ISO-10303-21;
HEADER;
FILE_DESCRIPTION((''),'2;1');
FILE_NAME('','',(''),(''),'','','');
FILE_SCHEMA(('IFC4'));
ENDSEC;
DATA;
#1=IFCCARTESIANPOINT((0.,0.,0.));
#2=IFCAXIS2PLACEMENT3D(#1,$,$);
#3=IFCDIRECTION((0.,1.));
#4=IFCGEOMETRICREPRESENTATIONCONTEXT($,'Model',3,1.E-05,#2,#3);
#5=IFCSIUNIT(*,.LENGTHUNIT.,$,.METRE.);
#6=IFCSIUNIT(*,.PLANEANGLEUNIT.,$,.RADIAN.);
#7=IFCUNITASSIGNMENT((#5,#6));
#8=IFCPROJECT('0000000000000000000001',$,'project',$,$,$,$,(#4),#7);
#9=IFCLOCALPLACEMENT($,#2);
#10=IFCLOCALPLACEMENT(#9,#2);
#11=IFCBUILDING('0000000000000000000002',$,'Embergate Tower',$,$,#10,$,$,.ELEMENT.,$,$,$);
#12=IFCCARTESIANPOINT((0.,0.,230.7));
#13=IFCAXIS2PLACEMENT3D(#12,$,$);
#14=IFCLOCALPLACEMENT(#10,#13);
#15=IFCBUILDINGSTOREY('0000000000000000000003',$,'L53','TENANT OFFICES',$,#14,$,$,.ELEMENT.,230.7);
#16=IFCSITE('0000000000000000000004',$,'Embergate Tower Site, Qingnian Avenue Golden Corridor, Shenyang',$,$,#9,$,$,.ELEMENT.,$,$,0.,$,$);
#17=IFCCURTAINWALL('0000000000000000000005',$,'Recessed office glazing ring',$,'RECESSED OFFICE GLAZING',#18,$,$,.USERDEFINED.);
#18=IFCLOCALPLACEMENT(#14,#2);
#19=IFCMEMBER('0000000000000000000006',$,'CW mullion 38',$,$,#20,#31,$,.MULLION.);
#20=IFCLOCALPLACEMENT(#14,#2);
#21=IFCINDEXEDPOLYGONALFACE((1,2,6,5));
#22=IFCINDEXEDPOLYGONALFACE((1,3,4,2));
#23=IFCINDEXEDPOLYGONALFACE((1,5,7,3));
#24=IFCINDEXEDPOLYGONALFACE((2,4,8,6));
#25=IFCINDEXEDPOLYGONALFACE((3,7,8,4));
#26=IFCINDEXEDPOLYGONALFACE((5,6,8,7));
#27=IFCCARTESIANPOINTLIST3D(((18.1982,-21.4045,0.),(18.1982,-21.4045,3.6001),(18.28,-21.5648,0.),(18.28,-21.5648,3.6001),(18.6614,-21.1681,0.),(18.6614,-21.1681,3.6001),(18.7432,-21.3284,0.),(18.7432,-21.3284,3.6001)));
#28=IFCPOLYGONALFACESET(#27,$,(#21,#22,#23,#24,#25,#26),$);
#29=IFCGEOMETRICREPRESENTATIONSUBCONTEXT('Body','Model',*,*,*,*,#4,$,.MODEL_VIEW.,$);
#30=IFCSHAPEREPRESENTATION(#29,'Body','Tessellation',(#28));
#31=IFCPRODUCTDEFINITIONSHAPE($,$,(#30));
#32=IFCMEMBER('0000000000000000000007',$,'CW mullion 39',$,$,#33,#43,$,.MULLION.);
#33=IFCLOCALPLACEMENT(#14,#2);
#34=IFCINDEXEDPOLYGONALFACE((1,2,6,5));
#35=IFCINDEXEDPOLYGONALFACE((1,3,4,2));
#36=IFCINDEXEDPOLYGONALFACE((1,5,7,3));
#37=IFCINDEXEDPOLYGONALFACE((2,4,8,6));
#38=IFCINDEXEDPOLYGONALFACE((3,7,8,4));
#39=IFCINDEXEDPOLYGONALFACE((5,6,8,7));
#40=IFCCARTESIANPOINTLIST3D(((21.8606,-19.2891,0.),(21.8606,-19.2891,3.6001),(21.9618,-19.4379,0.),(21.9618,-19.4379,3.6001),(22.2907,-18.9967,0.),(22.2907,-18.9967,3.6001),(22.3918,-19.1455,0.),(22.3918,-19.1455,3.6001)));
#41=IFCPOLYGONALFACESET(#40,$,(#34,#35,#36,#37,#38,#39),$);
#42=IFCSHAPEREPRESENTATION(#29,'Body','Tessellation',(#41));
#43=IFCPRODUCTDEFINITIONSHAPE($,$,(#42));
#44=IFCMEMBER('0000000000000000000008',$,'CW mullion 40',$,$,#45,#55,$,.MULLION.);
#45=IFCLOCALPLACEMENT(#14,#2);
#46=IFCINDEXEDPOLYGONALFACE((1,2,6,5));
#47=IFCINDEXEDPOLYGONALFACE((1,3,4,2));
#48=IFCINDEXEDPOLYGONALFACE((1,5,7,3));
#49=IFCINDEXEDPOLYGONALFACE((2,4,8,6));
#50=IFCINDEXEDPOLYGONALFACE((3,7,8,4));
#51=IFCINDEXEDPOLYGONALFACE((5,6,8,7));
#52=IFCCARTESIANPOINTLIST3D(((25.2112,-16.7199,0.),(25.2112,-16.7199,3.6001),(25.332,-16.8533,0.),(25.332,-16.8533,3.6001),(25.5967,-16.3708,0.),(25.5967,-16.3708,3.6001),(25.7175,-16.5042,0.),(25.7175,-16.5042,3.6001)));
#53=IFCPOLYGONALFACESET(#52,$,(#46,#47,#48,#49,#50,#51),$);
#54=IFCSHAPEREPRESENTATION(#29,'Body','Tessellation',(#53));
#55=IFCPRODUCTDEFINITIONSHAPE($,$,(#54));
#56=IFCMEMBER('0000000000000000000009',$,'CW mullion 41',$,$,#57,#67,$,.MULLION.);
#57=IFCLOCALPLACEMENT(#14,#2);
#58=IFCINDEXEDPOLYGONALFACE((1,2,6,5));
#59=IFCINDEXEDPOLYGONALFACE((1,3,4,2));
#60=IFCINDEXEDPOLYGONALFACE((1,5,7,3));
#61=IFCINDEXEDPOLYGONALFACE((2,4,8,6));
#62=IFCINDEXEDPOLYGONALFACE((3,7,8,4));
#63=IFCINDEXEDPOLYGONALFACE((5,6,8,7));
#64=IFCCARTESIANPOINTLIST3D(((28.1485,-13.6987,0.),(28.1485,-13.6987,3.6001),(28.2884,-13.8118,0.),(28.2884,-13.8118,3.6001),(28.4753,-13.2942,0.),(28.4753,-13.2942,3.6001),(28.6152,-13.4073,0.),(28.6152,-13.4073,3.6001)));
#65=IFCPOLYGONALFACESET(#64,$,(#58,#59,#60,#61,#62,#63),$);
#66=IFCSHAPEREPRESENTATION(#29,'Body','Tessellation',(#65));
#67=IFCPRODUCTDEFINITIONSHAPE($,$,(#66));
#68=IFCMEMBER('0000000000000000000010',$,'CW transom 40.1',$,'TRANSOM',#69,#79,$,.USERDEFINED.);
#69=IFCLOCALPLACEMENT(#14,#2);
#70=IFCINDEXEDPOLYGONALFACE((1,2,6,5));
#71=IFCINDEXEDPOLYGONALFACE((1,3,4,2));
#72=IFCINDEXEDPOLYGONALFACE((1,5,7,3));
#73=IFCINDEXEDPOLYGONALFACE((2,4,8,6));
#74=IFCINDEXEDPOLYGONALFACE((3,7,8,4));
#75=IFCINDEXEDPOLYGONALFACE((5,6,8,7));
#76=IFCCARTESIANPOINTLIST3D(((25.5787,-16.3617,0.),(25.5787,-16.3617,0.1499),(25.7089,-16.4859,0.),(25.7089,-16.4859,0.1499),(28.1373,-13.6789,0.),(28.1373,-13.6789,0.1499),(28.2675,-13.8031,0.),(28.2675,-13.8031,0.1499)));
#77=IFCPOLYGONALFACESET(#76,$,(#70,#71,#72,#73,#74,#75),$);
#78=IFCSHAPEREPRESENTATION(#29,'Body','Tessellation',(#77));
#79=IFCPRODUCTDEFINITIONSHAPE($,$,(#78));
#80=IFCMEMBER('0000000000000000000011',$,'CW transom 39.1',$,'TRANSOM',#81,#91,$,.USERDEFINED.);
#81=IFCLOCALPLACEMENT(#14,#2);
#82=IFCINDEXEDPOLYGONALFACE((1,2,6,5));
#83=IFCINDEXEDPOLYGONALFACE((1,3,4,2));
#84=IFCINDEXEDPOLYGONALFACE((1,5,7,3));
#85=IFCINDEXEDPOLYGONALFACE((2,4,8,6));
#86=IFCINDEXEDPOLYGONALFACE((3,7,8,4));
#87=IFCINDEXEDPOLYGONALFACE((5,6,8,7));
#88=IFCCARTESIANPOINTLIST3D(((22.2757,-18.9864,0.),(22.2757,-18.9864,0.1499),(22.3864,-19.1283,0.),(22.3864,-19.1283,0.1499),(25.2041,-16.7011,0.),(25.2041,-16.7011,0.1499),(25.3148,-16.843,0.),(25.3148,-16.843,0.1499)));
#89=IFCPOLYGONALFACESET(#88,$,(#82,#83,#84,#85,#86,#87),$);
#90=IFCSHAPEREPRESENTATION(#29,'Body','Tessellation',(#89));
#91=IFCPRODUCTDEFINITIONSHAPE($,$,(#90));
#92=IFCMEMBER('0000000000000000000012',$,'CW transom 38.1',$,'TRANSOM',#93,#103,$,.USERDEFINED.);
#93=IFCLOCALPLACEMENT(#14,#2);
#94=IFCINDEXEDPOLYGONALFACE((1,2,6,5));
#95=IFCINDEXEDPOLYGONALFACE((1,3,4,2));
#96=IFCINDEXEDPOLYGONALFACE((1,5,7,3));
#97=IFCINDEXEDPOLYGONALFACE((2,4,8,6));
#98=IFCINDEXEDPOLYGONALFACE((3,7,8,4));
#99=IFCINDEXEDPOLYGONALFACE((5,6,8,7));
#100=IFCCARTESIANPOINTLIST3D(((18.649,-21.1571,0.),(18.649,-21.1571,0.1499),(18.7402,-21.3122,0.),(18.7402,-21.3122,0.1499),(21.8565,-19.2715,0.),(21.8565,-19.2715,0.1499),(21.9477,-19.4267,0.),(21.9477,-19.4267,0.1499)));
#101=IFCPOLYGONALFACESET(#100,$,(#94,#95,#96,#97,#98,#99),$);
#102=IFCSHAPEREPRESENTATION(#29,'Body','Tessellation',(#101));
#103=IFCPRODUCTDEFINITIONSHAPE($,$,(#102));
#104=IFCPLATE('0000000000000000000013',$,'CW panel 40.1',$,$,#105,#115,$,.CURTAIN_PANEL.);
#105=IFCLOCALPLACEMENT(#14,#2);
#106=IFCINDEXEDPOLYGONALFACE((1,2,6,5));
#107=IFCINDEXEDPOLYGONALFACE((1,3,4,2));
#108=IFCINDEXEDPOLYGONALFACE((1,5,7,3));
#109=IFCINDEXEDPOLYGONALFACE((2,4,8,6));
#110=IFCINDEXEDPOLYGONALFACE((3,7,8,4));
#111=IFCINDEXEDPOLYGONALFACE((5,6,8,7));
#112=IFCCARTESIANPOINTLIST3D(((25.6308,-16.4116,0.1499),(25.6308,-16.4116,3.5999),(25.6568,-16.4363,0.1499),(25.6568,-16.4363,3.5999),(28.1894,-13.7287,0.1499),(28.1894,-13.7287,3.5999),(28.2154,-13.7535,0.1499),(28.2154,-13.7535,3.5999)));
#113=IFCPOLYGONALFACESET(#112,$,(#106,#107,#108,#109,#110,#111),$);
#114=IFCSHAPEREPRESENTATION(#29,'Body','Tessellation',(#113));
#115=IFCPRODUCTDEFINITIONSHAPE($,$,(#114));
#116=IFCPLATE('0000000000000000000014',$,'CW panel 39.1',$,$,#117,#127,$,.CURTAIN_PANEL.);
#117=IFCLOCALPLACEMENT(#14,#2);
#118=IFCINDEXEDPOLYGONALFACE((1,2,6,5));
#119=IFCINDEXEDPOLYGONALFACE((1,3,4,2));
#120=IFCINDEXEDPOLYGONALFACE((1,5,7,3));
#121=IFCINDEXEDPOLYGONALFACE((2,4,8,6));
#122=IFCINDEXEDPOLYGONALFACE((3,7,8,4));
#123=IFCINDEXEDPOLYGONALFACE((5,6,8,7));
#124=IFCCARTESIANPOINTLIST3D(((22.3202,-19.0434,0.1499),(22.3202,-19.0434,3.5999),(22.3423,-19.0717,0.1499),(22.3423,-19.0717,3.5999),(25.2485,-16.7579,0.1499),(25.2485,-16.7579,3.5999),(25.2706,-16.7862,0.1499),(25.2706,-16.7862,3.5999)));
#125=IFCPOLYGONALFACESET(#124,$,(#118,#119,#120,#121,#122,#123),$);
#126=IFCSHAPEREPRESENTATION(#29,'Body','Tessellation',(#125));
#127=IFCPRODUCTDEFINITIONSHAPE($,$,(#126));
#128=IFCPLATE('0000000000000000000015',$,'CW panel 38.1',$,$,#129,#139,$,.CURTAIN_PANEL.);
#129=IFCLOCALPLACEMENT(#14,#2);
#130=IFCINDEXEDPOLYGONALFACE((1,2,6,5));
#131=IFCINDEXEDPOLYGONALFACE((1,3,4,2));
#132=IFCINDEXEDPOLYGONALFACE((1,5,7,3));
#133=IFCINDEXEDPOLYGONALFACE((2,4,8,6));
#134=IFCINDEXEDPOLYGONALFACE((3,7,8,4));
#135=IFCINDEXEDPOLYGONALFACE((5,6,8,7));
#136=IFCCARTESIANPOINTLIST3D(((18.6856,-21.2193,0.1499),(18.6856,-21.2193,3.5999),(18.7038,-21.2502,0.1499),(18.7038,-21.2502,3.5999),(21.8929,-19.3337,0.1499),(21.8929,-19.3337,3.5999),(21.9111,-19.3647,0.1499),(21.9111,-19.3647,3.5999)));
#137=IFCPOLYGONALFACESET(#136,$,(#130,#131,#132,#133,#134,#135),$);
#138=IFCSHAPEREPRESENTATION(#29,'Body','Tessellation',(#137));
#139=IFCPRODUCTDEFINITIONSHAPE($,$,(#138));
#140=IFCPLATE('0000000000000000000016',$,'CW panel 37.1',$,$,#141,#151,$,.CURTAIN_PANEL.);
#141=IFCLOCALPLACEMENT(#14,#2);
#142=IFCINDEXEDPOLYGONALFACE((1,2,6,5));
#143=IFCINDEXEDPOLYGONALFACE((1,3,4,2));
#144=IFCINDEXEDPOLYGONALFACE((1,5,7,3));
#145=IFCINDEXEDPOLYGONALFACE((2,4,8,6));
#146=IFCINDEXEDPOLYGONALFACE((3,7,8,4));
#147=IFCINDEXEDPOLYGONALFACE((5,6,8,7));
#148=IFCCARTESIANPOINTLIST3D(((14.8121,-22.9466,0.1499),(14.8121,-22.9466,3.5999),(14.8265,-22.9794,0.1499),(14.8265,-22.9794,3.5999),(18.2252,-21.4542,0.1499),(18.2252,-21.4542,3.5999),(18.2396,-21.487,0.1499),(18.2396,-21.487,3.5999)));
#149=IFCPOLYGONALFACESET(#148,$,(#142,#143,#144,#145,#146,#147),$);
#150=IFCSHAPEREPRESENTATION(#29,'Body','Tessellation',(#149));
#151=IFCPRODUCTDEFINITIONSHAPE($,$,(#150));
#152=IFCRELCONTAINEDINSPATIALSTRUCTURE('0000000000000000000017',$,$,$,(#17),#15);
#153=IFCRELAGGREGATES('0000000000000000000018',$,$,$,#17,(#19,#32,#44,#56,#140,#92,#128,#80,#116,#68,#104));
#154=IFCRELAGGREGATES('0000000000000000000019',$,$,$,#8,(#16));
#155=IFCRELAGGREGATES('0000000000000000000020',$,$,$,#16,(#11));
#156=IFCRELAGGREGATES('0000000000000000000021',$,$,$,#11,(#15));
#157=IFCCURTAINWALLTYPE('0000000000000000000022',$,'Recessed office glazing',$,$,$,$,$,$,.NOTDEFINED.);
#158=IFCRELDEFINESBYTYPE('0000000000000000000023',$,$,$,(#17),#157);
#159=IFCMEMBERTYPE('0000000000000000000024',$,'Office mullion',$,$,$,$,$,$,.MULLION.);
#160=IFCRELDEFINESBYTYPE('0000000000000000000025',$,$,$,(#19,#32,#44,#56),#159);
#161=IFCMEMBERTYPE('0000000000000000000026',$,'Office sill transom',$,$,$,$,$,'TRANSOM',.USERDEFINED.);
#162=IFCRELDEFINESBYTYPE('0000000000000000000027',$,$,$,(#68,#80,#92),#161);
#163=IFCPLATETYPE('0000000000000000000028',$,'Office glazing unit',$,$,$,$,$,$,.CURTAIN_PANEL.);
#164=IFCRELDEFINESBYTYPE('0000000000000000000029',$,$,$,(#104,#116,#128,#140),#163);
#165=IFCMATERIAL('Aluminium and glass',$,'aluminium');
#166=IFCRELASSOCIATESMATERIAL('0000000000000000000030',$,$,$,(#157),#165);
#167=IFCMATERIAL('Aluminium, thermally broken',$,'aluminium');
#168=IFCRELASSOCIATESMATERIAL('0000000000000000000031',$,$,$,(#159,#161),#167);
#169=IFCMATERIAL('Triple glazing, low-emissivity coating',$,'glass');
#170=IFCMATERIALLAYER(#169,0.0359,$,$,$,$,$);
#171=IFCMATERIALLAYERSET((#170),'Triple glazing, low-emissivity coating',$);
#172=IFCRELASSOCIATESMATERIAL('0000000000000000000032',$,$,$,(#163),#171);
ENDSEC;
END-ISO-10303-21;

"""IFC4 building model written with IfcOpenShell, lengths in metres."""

from ifc_helpers import new_model, si_unit, direction, frame, origin, origin_2d, place, context, subcontext, project, spatial, rectangle, extrude, source, transform, mapped, material, layer, layer_set, material_profile, profile_set, type_object, element, aggregate, save


model = new_model("IFC4")

# Units and contexts
model_context = context("Model", 3, precision=1e-05, world=origin(), true_north=direction((0.0, 1.0)))
body_context = subcontext(model_context, "Body", "Model", "MODEL_VIEW")
ifc_project = project(units=[si_unit("LENGTHUNIT", "METRE"), si_unit("PLANEANGLEUNIT", "RADIAN")], contexts=[model_context])

# Site, building, storey
site_placement = place(None, origin())
site = spatial("IfcSite", under=ifc_project, at=site_placement, Name="Embergate Tower Site, Qingnian Avenue Golden Corridor, Shenyang", CompositionType="ELEMENT", RefElevation=0.0)
building_placement = place(site_placement, origin())
building = spatial("IfcBuilding", under=site, at=building_placement, Name="Embergate Tower", CompositionType="ELEMENT")
storey_placement = place(building_placement, frame((0.0, 0.0, 230.7)))
storey = spatial("IfcBuildingStorey", under=building, at=storey_placement, Name="L53", Description="TENANT OFFICES", CompositionType="ELEMENT", Elevation=230.7)

# Curtain wall, members, plates
ifc_material_1 = material(Name="Aluminium and glass", Category="aluminium")
curtain_wall_type = type_object("IfcCurtainWallType", Name="Recessed office glazing", PredefinedType="NOTDEFINED", material=ifc_material_1)
curtain_wall_placement = place(storey_placement, origin())
curtain_wall = element("IfcCurtainWall", 1, at=curtain_wall_placement, inside=storey, type_object=curtain_wall_type, Name="Recessed office glazing ring", ObjectType="RECESSED OFFICE GLAZING", PredefinedType="USERDEFINED")
ifc_material_2 = material(Name="Aluminium, thermally broken", Category="aluminium")
ifc_material_profile_1 = material_profile(ifc_material_2, rectangle(XDim=0.1799, YDim=0.52, at=origin_2d()), Name="AL 520x180")
ifc_profile_set_1 = profile_set([ifc_material_profile_1], Name="Aluminium, thermally broken")
member_type_1 = type_object("IfcMemberType", Name="Office mullion", PredefinedType="MULLION", material=ifc_profile_set_1)
shared_shape_1 = source(origin(), body_context, "Body", "SweptSolid", [
    extrude(rectangle(XDim=0.1799, YDim=0.52, at=origin_2d()), origin(), (0.0, 0.0, 1.0), 3.6001),
])
member_1_placement = place(storey_placement, frame((18.4707, -21.3665, 0.0), z_axis=(0.0, 0.0, 1.0), x_axis=(-0.4545, 0.890746, 0.0)))
member_1 = element("IfcMember", 2, at=member_1_placement, type_object=member_type_1, Name="CW mullion 38", PredefinedType="MULLION", context=body_context, shape_type="MappedRepresentation", body=[
    mapped(shared_shape_1, transform((0.0, 0.0, 0.0))),
])
member_2_placement = place(storey_placement, frame((22.1262, -19.2173, 0.0), z_axis=(0.0, 0.0, 1.0), x_axis=(-0.562205, 0.826998, 0.0)))
member_2 = element("IfcMember", 3, at=member_2_placement, type_object=member_type_1, Name="CW mullion 39", PredefinedType="MULLION", context=body_context, shape_type="MappedRepresentation", body=[
    mapped(shared_shape_1, transform((0.0, 0.0, 0.0))),
])
member_3_placement = place(storey_placement, frame((25.4644, -16.6121, 0.0), z_axis=(0.0, 0.0, 1.0), x_axis=(-0.671215, 0.741263, 0.0)))
member_3 = element("IfcMember", 4, at=member_3_placement, type_object=member_type_1, Name="CW mullion 40", PredefinedType="MULLION", context=body_context, shape_type="MappedRepresentation", body=[
    mapped(shared_shape_1, transform((0.0, 0.0, 0.0))),
])
member_4_placement = place(storey_placement, frame((28.3818, -13.553, 0.0), z_axis=(0.0, 0.0, 1.0), x_axis=(-0.77786, 0.628437, 0.0)))
member_4 = element("IfcMember", 5, at=member_4_placement, type_object=member_type_1, Name="CW mullion 41", PredefinedType="MULLION", context=body_context, shape_type="MappedRepresentation", body=[
    mapped(shared_shape_1, transform((0.0, 0.0, 0.0))),
])
ifc_material_profile_2 = material_profile(ifc_material_2, rectangle(XDim=0.1799, YDim=0.1499, at=origin_2d()), Name="AL 150x180")
ifc_profile_set_2 = profile_set([ifc_material_profile_2], Name="Aluminium, thermally broken")
member_type_2 = type_object("IfcMemberType", Name="Office sill transom", ElementType="TRANSOM", PredefinedType="USERDEFINED", material=ifc_profile_set_2)
shared_shape_2 = source(origin(), body_context, "Body", "SweptSolid", [
    extrude(rectangle(XDim=0.1799, YDim=0.1499, at=origin_2d()), origin(), (0.0, 0.0, 1.0), 3.7073),
])
member_5_placement = place(storey_placement, frame((25.6438, -16.4238, 0.075), z_axis=(0.690148, 0.723668, 0.0), x_axis=(-0.723668, 0.690148, 0.0)))
member_5 = element("IfcMember", 6, at=member_5_placement, type_object=member_type_2, Name="CW transom 40.1", ObjectType="TRANSOM", PredefinedType="USERDEFINED", context=body_context, shape_type="MappedRepresentation", body=[
    mapped(shared_shape_2, transform((0.0, 0.0, 0.0))),
])
shared_shape_3 = source(origin(), body_context, "Body", "SweptSolid", [
    extrude(rectangle(XDim=0.1799, YDim=0.1499, at=origin_2d()), origin(), (0.0, 0.0, 1.0), 3.7146),
])
member_6_placement = place(storey_placement, frame((22.3311, -19.0574, 0.075), z_axis=(0.788346, 0.615232, 0.0), x_axis=(-0.615232, 0.788346, 0.0)))
member_6 = element("IfcMember", 7, at=member_6_placement, type_object=member_type_2, Name="CW transom 39.1", ObjectType="TRANSOM", PredefinedType="USERDEFINED", context=body_context, shape_type="MappedRepresentation", body=[
    mapped(shared_shape_3, transform((0.0, 0.0, 0.0))),
])
shared_shape_4 = source(origin(), body_context, "Body", "SweptSolid", [
    extrude(rectangle(XDim=0.1799, YDim=0.1499, at=origin_2d()), origin(), (0.0, 0.0, 1.0), 3.7207),
])
member_7_placement = place(storey_placement, frame((18.6946, -21.2346, 0.075), z_axis=(0.862084, 0.506765, 0.0), x_axis=(-0.506765, 0.862084, 0.0)))
member_7 = element("IfcMember", 8, at=member_7_placement, type_object=member_type_2, Name="CW transom 38.1", ObjectType="TRANSOM", PredefinedType="USERDEFINED", context=body_context, shape_type="MappedRepresentation", body=[
    mapped(shared_shape_4, transform((0.0, 0.0, 0.0))),
])
ifc_material_3 = material(Name="Triple glazing, low-emissivity coating", Category="glass")
ifc_layer_1 = layer(ifc_material_3, 0.0359)
ifc_layer_set_1 = layer_set([ifc_layer_1], Name="Triple glazing, low-emissivity coating")
plate_type = type_object("IfcPlateType", Name="Office glazing unit", PredefinedType="CURTAIN_PANEL", material=ifc_layer_set_1)
shared_shape_5 = source(origin(), body_context, "Body", "SweptSolid", [
    extrude(rectangle(XDim=3.7073, YDim=0.0359, at=origin_2d()), origin(), (0.0, 0.0, 1.0), 3.45),
])
plate_1_placement = place(storey_placement, frame((26.9231, -15.0825, 0.1499), z_axis=(0.0, 0.0, 1.0), x_axis=(0.690144, 0.723672, 0.0)))
plate_1 = element("IfcPlate", 9, at=plate_1_placement, type_object=plate_type, Name="CW panel 40.1", PredefinedType="CURTAIN_PANEL", context=body_context, shape_type="MappedRepresentation", body=[
    mapped(shared_shape_5, transform((0.0, 0.0, 0.0))),
])
shared_shape_6 = source(origin(), body_context, "Body", "SweptSolid", [
    extrude(rectangle(XDim=3.7146, YDim=0.0359, at=origin_2d()), origin(), (0.0, 0.0, 1.0), 3.45),
])
plate_2_placement = place(storey_placement, frame((23.7954, -17.9148, 0.1499), z_axis=(0.0, 0.0, 1.0), x_axis=(0.788328, 0.615256, 0.0)))
plate_2 = element("IfcPlate", 10, at=plate_2_placement, type_object=plate_type, Name="CW panel 39.1", PredefinedType="CURTAIN_PANEL", context=body_context, shape_type="MappedRepresentation", body=[
    mapped(shared_shape_6, transform((0.0, 0.0, 0.0))),
])
shared_shape_7 = source(origin(), body_context, "Body", "SweptSolid", [
    extrude(rectangle(XDim=3.7205, YDim=0.0359, at=origin_2d()), origin(), (0.0, 0.0, 1.0), 3.45),
])
plate_3_placement = place(storey_placement, frame((20.2983, -20.292, 0.1499), z_axis=(0.0, 0.0, 1.0), x_axis=(0.862058, 0.506809, 0.0)))
plate_3 = element("IfcPlate", 11, at=plate_3_placement, type_object=plate_type, Name="CW panel 38.1", PredefinedType="CURTAIN_PANEL", context=body_context, shape_type="MappedRepresentation", body=[
    mapped(shared_shape_7, transform((0.0, 0.0, 0.0))),
])
shared_shape_8 = source(origin(), body_context, "Body", "SweptSolid", [
    extrude(rectangle(XDim=3.7251, YDim=0.0359, at=origin_2d()), origin(), (0.0, 0.0, 1.0), 3.45),
])
plate_4_placement = place(storey_placement, frame((16.5259, -22.2168, 0.1499), z_axis=(0.0, 0.0, 1.0), x_axis=(0.916239, 0.400632, 0.0)))
plate_4 = element("IfcPlate", 12, at=plate_4_placement, type_object=plate_type, Name="CW panel 37.1", PredefinedType="CURTAIN_PANEL", context=body_context, shape_type="MappedRepresentation", body=[
    mapped(shared_shape_8, transform((0.0, 0.0, 0.0))),
])
aggregate(curtain_wall, [member_1, member_2, member_3, member_4, plate_4, member_7, plate_3, member_6, plate_2, member_5, plate_1])

save(model, "model.ifc")
